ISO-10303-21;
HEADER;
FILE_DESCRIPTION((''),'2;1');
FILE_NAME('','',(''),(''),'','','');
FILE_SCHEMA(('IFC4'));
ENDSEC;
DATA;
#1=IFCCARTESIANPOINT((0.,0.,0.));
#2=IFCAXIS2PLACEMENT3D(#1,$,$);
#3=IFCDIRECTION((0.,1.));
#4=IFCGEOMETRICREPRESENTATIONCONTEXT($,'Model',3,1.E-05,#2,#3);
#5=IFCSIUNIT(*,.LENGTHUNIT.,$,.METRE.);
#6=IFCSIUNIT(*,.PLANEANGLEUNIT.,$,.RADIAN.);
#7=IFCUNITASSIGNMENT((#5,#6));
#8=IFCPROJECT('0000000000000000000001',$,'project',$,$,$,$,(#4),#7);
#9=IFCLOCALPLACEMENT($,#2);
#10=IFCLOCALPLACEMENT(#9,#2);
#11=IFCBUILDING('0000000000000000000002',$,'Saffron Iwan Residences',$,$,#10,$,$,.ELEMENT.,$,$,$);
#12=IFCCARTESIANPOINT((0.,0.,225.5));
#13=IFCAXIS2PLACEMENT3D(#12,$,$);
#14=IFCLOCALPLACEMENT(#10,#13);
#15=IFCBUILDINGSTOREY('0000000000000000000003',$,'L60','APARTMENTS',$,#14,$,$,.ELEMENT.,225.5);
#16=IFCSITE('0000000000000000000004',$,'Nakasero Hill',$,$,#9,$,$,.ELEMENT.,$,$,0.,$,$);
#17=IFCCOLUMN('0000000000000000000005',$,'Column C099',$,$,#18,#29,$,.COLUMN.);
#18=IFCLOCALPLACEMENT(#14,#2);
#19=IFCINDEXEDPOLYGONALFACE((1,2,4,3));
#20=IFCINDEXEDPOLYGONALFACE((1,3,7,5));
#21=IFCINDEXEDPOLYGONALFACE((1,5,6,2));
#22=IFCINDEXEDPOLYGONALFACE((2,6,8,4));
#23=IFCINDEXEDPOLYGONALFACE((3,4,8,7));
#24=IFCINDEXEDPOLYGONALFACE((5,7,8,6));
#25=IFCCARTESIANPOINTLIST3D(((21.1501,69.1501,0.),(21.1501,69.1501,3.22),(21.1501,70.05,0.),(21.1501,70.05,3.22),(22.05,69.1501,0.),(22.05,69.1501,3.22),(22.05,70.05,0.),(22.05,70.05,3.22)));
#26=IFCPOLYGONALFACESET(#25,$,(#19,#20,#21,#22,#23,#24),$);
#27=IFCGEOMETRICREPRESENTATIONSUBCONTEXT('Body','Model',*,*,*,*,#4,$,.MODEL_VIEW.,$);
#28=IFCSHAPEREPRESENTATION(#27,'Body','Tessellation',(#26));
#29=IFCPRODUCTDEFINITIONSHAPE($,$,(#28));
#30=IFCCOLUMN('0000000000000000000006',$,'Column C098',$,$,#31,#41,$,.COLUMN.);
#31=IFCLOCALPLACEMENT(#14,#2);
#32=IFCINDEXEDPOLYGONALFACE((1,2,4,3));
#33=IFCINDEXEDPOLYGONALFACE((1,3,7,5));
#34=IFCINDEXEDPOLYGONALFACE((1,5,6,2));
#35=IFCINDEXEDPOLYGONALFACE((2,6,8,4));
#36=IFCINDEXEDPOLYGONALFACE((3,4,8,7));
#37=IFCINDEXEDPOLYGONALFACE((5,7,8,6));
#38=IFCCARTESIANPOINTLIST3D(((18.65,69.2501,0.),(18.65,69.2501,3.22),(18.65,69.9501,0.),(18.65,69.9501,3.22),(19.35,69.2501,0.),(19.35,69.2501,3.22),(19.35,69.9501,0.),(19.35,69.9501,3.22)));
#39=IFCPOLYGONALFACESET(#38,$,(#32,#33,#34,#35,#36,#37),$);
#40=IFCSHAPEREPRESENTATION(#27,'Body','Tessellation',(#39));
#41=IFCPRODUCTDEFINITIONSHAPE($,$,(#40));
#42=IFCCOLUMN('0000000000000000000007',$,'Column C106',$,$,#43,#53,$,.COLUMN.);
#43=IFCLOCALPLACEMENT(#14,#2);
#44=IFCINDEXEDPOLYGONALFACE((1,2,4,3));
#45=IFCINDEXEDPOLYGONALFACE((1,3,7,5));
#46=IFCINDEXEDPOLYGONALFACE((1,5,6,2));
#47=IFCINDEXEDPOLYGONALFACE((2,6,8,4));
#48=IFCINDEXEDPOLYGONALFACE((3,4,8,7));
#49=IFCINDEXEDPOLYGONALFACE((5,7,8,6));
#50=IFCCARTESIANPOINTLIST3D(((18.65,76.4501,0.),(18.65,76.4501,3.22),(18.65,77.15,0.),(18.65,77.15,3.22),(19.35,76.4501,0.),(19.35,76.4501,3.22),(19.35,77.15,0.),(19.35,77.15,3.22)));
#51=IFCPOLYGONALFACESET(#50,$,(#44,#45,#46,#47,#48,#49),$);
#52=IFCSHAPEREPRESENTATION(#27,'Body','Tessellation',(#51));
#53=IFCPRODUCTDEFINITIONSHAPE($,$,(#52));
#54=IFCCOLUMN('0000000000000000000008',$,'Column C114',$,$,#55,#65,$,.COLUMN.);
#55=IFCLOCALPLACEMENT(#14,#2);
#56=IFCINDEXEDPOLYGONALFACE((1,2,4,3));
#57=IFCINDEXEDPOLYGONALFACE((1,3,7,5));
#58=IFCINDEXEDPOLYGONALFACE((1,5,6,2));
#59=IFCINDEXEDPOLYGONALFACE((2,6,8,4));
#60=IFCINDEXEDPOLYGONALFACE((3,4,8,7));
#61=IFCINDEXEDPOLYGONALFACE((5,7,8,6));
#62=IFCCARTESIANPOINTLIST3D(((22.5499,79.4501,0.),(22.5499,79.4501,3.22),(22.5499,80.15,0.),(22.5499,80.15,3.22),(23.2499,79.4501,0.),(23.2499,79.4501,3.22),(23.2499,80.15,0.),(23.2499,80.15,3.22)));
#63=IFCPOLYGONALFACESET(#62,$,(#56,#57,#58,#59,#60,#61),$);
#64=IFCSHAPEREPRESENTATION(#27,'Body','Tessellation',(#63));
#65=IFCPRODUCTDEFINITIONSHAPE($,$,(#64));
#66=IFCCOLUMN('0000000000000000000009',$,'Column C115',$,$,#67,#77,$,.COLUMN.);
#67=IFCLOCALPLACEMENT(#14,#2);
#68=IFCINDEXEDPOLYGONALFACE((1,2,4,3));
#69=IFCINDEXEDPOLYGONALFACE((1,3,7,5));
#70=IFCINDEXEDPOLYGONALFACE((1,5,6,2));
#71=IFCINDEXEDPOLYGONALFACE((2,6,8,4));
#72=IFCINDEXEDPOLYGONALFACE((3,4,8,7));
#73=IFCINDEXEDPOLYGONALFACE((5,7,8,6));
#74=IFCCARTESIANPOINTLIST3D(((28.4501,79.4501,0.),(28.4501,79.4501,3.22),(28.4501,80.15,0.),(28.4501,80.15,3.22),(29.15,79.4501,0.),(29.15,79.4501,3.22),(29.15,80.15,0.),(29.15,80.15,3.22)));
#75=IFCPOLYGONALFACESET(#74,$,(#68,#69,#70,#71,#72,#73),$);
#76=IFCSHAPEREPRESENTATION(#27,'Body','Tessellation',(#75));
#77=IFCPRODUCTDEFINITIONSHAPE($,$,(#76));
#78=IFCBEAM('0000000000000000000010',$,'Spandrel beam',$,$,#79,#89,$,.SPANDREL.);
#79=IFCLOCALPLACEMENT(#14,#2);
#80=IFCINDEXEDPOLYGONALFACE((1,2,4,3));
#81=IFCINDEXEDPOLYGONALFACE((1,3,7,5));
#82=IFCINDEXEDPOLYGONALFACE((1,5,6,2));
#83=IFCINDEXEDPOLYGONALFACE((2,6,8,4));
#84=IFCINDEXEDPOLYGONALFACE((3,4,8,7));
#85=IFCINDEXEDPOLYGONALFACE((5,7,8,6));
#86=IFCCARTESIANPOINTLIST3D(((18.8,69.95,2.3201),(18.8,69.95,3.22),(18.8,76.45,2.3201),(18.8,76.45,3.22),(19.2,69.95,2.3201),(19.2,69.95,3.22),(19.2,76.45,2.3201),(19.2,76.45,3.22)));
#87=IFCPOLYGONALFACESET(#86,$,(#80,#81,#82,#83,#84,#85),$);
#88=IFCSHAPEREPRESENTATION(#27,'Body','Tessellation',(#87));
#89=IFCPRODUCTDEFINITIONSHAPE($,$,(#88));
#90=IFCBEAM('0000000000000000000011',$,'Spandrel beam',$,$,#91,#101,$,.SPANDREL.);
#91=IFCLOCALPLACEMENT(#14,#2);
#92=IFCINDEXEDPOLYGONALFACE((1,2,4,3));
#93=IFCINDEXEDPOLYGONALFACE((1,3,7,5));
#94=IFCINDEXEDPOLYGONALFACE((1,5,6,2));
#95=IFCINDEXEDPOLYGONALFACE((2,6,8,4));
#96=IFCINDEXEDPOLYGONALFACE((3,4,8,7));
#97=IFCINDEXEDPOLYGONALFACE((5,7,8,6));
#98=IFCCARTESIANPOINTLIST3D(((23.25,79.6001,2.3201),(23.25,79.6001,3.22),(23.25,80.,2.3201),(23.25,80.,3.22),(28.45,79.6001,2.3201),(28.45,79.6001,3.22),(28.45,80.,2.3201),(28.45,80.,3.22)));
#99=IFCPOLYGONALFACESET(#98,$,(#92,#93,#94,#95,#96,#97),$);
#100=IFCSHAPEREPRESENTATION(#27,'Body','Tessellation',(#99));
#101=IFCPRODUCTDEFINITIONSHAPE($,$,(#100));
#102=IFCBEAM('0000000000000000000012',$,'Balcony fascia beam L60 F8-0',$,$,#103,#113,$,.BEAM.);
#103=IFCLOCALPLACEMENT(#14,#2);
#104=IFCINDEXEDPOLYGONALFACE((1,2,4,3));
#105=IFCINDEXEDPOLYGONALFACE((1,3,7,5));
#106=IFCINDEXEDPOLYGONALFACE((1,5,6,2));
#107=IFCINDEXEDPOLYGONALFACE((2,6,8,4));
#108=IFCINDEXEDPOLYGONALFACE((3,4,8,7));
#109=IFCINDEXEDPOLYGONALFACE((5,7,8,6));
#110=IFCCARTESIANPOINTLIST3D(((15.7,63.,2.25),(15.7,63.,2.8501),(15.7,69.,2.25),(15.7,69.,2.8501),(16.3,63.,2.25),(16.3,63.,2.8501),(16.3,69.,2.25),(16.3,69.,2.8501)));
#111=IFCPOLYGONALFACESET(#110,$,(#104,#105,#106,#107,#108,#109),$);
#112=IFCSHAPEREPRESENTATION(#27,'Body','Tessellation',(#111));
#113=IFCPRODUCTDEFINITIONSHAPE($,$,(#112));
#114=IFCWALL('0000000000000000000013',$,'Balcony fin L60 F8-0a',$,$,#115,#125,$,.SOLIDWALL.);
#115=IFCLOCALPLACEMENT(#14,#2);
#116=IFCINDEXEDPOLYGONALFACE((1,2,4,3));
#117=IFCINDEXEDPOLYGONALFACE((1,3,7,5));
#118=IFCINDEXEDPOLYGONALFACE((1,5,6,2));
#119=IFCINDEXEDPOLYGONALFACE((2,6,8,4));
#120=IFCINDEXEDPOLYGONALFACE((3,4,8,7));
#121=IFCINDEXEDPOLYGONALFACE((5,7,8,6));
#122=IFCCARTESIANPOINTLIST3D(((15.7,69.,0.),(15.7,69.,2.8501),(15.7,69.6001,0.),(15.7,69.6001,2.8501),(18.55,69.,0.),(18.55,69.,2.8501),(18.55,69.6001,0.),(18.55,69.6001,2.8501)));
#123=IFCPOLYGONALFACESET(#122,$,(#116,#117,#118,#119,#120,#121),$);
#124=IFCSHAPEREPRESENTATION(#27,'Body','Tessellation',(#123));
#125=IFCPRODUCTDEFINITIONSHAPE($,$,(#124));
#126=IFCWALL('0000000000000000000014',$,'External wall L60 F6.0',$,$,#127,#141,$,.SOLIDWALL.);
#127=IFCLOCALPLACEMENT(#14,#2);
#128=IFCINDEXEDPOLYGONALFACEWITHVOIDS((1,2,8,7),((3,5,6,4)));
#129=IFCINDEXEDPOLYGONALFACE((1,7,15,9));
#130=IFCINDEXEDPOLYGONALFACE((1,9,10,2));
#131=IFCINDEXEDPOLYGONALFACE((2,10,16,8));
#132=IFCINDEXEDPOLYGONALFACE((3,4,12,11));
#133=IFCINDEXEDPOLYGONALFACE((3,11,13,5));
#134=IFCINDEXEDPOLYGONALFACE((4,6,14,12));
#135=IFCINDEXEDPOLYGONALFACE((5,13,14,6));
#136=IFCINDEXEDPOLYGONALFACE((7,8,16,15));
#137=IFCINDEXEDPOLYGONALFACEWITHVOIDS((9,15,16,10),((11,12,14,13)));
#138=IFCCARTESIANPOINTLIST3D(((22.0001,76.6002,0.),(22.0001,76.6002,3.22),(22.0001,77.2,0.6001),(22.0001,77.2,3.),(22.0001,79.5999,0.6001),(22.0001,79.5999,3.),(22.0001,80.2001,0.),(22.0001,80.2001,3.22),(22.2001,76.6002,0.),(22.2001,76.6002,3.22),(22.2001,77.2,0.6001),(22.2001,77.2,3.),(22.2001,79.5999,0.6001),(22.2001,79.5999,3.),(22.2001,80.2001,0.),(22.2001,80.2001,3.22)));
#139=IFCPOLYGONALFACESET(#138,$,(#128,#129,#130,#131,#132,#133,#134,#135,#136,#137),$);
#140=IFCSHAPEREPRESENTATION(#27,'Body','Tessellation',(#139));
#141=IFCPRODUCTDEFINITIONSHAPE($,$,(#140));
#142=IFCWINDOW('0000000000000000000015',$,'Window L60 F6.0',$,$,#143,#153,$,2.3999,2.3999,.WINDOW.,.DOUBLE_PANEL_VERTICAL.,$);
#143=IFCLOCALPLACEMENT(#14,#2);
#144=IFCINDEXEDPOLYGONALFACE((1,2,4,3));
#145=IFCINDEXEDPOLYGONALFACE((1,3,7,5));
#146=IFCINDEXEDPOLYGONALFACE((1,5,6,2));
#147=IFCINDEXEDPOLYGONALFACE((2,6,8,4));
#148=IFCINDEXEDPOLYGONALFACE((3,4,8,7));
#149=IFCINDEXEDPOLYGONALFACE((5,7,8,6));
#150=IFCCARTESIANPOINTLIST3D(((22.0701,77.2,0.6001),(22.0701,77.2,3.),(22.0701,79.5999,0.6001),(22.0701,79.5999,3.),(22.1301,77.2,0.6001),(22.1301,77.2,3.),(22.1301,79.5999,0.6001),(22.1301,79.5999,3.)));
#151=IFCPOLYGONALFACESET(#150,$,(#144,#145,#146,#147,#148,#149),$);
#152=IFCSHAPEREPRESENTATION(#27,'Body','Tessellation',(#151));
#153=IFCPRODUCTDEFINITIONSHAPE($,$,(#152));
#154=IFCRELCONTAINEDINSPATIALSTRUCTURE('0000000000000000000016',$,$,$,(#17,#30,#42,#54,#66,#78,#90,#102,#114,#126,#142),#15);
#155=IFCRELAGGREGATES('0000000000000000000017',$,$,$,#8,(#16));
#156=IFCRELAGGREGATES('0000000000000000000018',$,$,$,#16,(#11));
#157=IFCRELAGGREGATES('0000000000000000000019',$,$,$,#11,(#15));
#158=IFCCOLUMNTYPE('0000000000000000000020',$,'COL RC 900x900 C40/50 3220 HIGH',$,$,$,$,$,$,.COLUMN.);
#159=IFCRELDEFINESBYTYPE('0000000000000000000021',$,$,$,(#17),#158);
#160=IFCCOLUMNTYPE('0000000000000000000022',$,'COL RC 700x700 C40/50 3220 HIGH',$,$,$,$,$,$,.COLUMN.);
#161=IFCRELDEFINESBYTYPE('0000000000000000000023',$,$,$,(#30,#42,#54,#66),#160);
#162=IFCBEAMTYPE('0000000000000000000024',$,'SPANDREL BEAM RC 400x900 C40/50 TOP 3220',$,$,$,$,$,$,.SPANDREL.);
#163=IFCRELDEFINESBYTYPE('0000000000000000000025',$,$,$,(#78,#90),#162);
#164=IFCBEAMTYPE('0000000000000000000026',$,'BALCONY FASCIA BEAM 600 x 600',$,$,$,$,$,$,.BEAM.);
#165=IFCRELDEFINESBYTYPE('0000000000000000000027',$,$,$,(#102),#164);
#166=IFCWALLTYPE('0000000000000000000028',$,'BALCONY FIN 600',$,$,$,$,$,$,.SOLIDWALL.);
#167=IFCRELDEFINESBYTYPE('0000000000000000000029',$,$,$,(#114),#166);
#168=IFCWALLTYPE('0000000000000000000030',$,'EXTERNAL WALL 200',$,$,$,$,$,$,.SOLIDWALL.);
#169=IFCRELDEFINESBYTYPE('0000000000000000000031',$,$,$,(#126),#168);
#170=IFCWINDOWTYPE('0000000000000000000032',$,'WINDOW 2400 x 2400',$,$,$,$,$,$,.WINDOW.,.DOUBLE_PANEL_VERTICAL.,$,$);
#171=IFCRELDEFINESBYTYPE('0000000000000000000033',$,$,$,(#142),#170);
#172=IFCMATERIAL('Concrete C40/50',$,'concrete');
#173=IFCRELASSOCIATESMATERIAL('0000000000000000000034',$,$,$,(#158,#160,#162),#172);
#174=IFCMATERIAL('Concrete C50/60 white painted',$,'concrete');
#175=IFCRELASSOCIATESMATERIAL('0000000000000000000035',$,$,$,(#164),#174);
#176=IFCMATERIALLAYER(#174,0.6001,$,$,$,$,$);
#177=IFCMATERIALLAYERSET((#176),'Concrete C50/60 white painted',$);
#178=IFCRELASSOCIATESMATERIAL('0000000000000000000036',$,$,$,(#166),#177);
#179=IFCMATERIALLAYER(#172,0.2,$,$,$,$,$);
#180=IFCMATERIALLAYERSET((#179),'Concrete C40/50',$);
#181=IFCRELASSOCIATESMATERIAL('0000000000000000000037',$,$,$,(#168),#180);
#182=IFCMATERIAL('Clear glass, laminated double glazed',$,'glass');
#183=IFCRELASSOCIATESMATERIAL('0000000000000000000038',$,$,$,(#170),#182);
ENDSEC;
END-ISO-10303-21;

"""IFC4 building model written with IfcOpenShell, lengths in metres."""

from ifc_helpers import new_model, si_unit, direction, frame, frame_2d, origin, origin_2d, place, context, subcontext, project, spatial, rectangle, extrude, source, transform, mapped, material, layer, layer_set, material_profile, profile_set, type_object, element, fill, save


model = new_model("IFC4")

# Units and contexts
model_context = context("Model", 3, precision=1e-05, world=origin(), true_north=direction((0.0, 1.0)))
body_context = subcontext(model_context, "Body", "Model", "MODEL_VIEW")
ifc_project = project(units=[si_unit("LENGTHUNIT", "METRE"), si_unit("PLANEANGLEUNIT", "RADIAN")], contexts=[model_context])

# Site, building, storey
site_placement = place(None, origin())
site = spatial("IfcSite", under=ifc_project, at=site_placement, Name="Nakasero Hill", CompositionType="ELEMENT", RefElevation=0.0)
building_placement = place(site_placement, origin())
building = spatial("IfcBuilding", under=site, at=building_placement, Name="Saffron Iwan Residences", CompositionType="ELEMENT")
storey_placement = place(building_placement, frame((0.0, 0.0, 225.5)))
storey = spatial("IfcBuildingStorey", under=building, at=storey_placement, Name="L60", Description="APARTMENTS", CompositionType="ELEMENT", Elevation=225.5)

# Columns
ifc_material_1 = material(Name="Concrete C40/50", Category="concrete")
ifc_material_profile_1 = material_profile(ifc_material_1, rectangle(XDim=0.8999, YDim=0.8999, at=origin_2d()), Name="RC 900x900")
ifc_profile_set_1 = profile_set([ifc_material_profile_1], Name="Concrete C40/50")
column_type_1 = type_object("IfcColumnType", Name="COL RC 900x900 C40/50 3220 HIGH", PredefinedType="COLUMN", material=ifc_profile_set_1)
shared_shape_1 = source(origin(), body_context, "Body", "SweptSolid", [
    extrude(rectangle(XDim=0.8999, YDim=0.8999, at=origin_2d()), origin(), (0.0, 0.0, 1.0), 3.22),
])
column_placement = place(storey_placement, frame((21.6001, 69.6001, 0.0), z_axis=(0.0, 0.0, 1.0), x_axis=(1.0, 0.0, 0.0)))
element("IfcColumn", 1, at=column_placement, inside=storey, type_object=column_type_1, Name="Column C099", PredefinedType="COLUMN", context=body_context, shape_type="MappedRepresentation", body=[
    mapped(shared_shape_1, transform((0.0, 0.0, 0.0))),
])
ifc_material_profile_2 = material_profile(ifc_material_1, rectangle(XDim=0.7, YDim=0.7, at=origin_2d()), Name="RC 700x700")
ifc_profile_set_2 = profile_set([ifc_material_profile_2], Name="Concrete C40/50")
column_type_2 = type_object("IfcColumnType", Name="COL RC 700x700 C40/50 3220 HIGH", PredefinedType="COLUMN", material=ifc_profile_set_2)
shared_shape_2 = source(origin(), body_context, "Body", "SweptSolid", [
    extrude(rectangle(XDim=0.7, YDim=0.7, at=origin_2d()), origin(), (0.0, 0.0, 1.0), 3.22),
])
for number, where, z_axis, x_axis, name in (
    (2, (19.0, 69.6001, 0.0), (0.0, 0.0, 1.0), (1.0, 0.0, 0.0), "Column C098"),
    (3, (19.0, 76.8, 0.0), (0.0, 0.0, 1.0), (1.0, 0.0, 0.0), "Column C106"),
    (4, (22.8999, 79.8, 0.0), (0.0, 0.0, 1.0), (1.0, 0.0, 0.0), "Column C114"),
    (5, (28.8, 79.8, 0.0), (0.0, 0.0, 1.0), (1.0, 0.0, 0.0), "Column C115"),
):
    element("IfcColumn", number, at=place(storey_placement, frame(where, z_axis=z_axis, x_axis=x_axis)), inside=storey, type_object=column_type_2, Name=name, PredefinedType="COLUMN", context=body_context, shape_type="MappedRepresentation", body=[
        mapped(shared_shape_2, transform((0.0, 0.0, 0.0))),
    ])

# Beams
ifc_material_profile_3 = material_profile(ifc_material_1, rectangle(XDim=0.3999, YDim=0.8999, at=origin_2d()), Name="RC 400x900")
ifc_profile_set_3 = profile_set([ifc_material_profile_3], Name="Concrete C40/50")
beam_type_1 = type_object("IfcBeamType", Name="SPANDREL BEAM RC 400x900 C40/50 TOP 3220", PredefinedType="SPANDREL", material=ifc_profile_set_3)
shared_shape_3 = source(origin(), body_context, "Body", "SweptSolid", [
    extrude(rectangle(XDim=0.3999, YDim=0.8999, at=origin_2d()), origin(), (0.0, 0.0, 1.0), 6.5),
])
beam_1_placement = place(storey_placement, frame((19.0, 69.95, 2.77), z_axis=(0.0, 1.0, 0.0), x_axis=(-1.0, 0.0, 0.0)))
element("IfcBeam", 6, at=beam_1_placement, inside=storey, type_object=beam_type_1, Name="Spandrel beam", PredefinedType="SPANDREL", context=body_context, shape_type="MappedRepresentation", body=[
    mapped(shared_shape_3, transform((0.0, 0.0, 0.0))),
])
shared_shape_4 = source(origin(), body_context, "Body", "SweptSolid", [
    extrude(rectangle(XDim=0.3999, YDim=0.8999, at=origin_2d()), origin(), (0.0, 0.0, 1.0), 5.2),
])
beam_2_placement = place(storey_placement, frame((23.25, 79.8, 2.77), z_axis=(1.0, 0.0, 0.0), x_axis=(0.0, 1.0, 0.0)))
element("IfcBeam", 7, at=beam_2_placement, inside=storey, type_object=beam_type_1, Name="Spandrel beam", PredefinedType="SPANDREL", context=body_context, shape_type="MappedRepresentation", body=[
    mapped(shared_shape_4, transform((0.0, 0.0, 0.0))),
])
ifc_material_2 = material(Name="Concrete C50/60 white painted", Category="concrete")
ifc_material_profile_4 = material_profile(ifc_material_2, rectangle(XDim=0.6001, YDim=0.6001, at=origin_2d()), Name="BALCONY FASCIA BEAM 600 x 600")
ifc_profile_set_4 = profile_set([ifc_material_profile_4], Name="Concrete C50/60 white painted")
beam_type_2 = type_object("IfcBeamType", Name="BALCONY FASCIA BEAM 600 x 600", PredefinedType="BEAM", material=ifc_profile_set_4)
shared_shape_5 = source(origin(), body_context, "Body", "SweptSolid", [
    extrude(rectangle(XDim=0.6001, YDim=0.6001, at=origin_2d()), origin(), (0.0, 0.0, 1.0), 6.0),
])
beam_3_placement = place(storey_placement, frame((16.0, 69.0, 2.55), z_axis=(0.0, -1.0, 0.0), x_axis=(1.0, 0.0, 0.0)))
element("IfcBeam", 8, at=beam_3_placement, inside=storey, type_object=beam_type_2, Name="Balcony fascia beam L60 F8-0", PredefinedType="BEAM", context=body_context, shape_type="MappedRepresentation", body=[
    mapped(shared_shape_5, transform((0.0, 0.0, 0.0))),
])

# Wall
ifc_layer_1 = layer(ifc_material_2, 0.6001)
ifc_layer_set_1 = layer_set([ifc_layer_1], Name="Concrete C50/60 white painted")
wall_type_1 = type_object("IfcWallType", Name="BALCONY FIN 600", PredefinedType="SOLIDWALL", material=ifc_layer_set_1)
wall_1_placement = place(storey_placement, frame((18.55, 69.3, 0.0), z_axis=(0.0, 0.0, 1.0), x_axis=(-1.0, 0.0, 0.0)))
element("IfcWall", 9, at=wall_1_placement, inside=storey, type_object=wall_type_1, Name="Balcony fin L60 F8-0a", PredefinedType="SOLIDWALL", context=body_context, shape_type="SweptSolid", body=[
    extrude(rectangle(XDim=2.8501, YDim=0.6001, at=frame_2d((1.425, 0.0))), origin(), (0.0, 0.0, 1.0), 2.8501),
])

# Wall, opening, window
ifc_layer_2 = layer(ifc_material_1, 0.2)
ifc_layer_set_2 = layer_set([ifc_layer_2], Name="Concrete C40/50")
wall_type_2 = type_object("IfcWallType", Name="EXTERNAL WALL 200", PredefinedType="SOLIDWALL", material=ifc_layer_set_2)
wall_2_placement = place(storey_placement, frame((22.1001, 80.2, 0.0), z_axis=(0.0, 0.0, 1.0), x_axis=(0.0, -1.0, 0.0)))
wall_2 = element("IfcWall", 10, at=wall_2_placement, inside=storey, type_object=wall_type_2, Name="External wall L60 F6.0", PredefinedType="SOLIDWALL", context=body_context, shape_type="SweptSolid", body=[
    extrude(rectangle(XDim=3.5999, YDim=0.2, at=frame_2d((1.7998, 0.0))), origin(), (0.0, 0.0, 1.0), 3.22),
])
opening_1_placement = place(wall_2_placement, frame((0.6001, 0.0, 0.6001)))
opening_1 = element("IfcOpeningElement", 11, at=opening_1_placement, cuts=wall_2, PredefinedType="OPENING", context=body_context, shape_type="SweptSolid", body=[
    extrude(rectangle(XDim=2.3999, YDim=2.3999, at=frame_2d((1.2, 1.2))), frame((0.0, 0.1099, 0.0), z_axis=(0.0, -1.0, 0.0), x_axis=(1.0, 0.0, 0.0)), (0.0, 0.0, 1.0), 0.22),
])
ifc_material_3 = material(Name="Clear glass, laminated double glazed", Category="glass")
window_type_1 = type_object("IfcWindowType", Name="WINDOW 2400 x 2400", PartitioningType="DOUBLE_PANEL_VERTICAL", PredefinedType="WINDOW", material=ifc_material_3)
window_1_placement = place(opening_1_placement, origin())
window_1 = element("IfcWindow", 12, at=window_1_placement, inside=storey, type_object=window_type_1, Name="Window L60 F6.0", OverallHeight=2.3999, OverallWidth=2.3999, PartitioningType="DOUBLE_PANEL_VERTICAL", PredefinedType="WINDOW", context=body_context, shape_type="SweptSolid", body=[
    extrude(rectangle(XDim=2.3999, YDim=2.3999, at=frame_2d((1.2, 1.2))), frame((0.0, 0.03, 0.0), z_axis=(0.0, -1.0, 0.0), x_axis=(1.0, 0.0, 0.0)), (0.0, 0.0, 1.0), 0.0601),
])
fill(opening_1, window_1)

save(model, "model.ifc")
